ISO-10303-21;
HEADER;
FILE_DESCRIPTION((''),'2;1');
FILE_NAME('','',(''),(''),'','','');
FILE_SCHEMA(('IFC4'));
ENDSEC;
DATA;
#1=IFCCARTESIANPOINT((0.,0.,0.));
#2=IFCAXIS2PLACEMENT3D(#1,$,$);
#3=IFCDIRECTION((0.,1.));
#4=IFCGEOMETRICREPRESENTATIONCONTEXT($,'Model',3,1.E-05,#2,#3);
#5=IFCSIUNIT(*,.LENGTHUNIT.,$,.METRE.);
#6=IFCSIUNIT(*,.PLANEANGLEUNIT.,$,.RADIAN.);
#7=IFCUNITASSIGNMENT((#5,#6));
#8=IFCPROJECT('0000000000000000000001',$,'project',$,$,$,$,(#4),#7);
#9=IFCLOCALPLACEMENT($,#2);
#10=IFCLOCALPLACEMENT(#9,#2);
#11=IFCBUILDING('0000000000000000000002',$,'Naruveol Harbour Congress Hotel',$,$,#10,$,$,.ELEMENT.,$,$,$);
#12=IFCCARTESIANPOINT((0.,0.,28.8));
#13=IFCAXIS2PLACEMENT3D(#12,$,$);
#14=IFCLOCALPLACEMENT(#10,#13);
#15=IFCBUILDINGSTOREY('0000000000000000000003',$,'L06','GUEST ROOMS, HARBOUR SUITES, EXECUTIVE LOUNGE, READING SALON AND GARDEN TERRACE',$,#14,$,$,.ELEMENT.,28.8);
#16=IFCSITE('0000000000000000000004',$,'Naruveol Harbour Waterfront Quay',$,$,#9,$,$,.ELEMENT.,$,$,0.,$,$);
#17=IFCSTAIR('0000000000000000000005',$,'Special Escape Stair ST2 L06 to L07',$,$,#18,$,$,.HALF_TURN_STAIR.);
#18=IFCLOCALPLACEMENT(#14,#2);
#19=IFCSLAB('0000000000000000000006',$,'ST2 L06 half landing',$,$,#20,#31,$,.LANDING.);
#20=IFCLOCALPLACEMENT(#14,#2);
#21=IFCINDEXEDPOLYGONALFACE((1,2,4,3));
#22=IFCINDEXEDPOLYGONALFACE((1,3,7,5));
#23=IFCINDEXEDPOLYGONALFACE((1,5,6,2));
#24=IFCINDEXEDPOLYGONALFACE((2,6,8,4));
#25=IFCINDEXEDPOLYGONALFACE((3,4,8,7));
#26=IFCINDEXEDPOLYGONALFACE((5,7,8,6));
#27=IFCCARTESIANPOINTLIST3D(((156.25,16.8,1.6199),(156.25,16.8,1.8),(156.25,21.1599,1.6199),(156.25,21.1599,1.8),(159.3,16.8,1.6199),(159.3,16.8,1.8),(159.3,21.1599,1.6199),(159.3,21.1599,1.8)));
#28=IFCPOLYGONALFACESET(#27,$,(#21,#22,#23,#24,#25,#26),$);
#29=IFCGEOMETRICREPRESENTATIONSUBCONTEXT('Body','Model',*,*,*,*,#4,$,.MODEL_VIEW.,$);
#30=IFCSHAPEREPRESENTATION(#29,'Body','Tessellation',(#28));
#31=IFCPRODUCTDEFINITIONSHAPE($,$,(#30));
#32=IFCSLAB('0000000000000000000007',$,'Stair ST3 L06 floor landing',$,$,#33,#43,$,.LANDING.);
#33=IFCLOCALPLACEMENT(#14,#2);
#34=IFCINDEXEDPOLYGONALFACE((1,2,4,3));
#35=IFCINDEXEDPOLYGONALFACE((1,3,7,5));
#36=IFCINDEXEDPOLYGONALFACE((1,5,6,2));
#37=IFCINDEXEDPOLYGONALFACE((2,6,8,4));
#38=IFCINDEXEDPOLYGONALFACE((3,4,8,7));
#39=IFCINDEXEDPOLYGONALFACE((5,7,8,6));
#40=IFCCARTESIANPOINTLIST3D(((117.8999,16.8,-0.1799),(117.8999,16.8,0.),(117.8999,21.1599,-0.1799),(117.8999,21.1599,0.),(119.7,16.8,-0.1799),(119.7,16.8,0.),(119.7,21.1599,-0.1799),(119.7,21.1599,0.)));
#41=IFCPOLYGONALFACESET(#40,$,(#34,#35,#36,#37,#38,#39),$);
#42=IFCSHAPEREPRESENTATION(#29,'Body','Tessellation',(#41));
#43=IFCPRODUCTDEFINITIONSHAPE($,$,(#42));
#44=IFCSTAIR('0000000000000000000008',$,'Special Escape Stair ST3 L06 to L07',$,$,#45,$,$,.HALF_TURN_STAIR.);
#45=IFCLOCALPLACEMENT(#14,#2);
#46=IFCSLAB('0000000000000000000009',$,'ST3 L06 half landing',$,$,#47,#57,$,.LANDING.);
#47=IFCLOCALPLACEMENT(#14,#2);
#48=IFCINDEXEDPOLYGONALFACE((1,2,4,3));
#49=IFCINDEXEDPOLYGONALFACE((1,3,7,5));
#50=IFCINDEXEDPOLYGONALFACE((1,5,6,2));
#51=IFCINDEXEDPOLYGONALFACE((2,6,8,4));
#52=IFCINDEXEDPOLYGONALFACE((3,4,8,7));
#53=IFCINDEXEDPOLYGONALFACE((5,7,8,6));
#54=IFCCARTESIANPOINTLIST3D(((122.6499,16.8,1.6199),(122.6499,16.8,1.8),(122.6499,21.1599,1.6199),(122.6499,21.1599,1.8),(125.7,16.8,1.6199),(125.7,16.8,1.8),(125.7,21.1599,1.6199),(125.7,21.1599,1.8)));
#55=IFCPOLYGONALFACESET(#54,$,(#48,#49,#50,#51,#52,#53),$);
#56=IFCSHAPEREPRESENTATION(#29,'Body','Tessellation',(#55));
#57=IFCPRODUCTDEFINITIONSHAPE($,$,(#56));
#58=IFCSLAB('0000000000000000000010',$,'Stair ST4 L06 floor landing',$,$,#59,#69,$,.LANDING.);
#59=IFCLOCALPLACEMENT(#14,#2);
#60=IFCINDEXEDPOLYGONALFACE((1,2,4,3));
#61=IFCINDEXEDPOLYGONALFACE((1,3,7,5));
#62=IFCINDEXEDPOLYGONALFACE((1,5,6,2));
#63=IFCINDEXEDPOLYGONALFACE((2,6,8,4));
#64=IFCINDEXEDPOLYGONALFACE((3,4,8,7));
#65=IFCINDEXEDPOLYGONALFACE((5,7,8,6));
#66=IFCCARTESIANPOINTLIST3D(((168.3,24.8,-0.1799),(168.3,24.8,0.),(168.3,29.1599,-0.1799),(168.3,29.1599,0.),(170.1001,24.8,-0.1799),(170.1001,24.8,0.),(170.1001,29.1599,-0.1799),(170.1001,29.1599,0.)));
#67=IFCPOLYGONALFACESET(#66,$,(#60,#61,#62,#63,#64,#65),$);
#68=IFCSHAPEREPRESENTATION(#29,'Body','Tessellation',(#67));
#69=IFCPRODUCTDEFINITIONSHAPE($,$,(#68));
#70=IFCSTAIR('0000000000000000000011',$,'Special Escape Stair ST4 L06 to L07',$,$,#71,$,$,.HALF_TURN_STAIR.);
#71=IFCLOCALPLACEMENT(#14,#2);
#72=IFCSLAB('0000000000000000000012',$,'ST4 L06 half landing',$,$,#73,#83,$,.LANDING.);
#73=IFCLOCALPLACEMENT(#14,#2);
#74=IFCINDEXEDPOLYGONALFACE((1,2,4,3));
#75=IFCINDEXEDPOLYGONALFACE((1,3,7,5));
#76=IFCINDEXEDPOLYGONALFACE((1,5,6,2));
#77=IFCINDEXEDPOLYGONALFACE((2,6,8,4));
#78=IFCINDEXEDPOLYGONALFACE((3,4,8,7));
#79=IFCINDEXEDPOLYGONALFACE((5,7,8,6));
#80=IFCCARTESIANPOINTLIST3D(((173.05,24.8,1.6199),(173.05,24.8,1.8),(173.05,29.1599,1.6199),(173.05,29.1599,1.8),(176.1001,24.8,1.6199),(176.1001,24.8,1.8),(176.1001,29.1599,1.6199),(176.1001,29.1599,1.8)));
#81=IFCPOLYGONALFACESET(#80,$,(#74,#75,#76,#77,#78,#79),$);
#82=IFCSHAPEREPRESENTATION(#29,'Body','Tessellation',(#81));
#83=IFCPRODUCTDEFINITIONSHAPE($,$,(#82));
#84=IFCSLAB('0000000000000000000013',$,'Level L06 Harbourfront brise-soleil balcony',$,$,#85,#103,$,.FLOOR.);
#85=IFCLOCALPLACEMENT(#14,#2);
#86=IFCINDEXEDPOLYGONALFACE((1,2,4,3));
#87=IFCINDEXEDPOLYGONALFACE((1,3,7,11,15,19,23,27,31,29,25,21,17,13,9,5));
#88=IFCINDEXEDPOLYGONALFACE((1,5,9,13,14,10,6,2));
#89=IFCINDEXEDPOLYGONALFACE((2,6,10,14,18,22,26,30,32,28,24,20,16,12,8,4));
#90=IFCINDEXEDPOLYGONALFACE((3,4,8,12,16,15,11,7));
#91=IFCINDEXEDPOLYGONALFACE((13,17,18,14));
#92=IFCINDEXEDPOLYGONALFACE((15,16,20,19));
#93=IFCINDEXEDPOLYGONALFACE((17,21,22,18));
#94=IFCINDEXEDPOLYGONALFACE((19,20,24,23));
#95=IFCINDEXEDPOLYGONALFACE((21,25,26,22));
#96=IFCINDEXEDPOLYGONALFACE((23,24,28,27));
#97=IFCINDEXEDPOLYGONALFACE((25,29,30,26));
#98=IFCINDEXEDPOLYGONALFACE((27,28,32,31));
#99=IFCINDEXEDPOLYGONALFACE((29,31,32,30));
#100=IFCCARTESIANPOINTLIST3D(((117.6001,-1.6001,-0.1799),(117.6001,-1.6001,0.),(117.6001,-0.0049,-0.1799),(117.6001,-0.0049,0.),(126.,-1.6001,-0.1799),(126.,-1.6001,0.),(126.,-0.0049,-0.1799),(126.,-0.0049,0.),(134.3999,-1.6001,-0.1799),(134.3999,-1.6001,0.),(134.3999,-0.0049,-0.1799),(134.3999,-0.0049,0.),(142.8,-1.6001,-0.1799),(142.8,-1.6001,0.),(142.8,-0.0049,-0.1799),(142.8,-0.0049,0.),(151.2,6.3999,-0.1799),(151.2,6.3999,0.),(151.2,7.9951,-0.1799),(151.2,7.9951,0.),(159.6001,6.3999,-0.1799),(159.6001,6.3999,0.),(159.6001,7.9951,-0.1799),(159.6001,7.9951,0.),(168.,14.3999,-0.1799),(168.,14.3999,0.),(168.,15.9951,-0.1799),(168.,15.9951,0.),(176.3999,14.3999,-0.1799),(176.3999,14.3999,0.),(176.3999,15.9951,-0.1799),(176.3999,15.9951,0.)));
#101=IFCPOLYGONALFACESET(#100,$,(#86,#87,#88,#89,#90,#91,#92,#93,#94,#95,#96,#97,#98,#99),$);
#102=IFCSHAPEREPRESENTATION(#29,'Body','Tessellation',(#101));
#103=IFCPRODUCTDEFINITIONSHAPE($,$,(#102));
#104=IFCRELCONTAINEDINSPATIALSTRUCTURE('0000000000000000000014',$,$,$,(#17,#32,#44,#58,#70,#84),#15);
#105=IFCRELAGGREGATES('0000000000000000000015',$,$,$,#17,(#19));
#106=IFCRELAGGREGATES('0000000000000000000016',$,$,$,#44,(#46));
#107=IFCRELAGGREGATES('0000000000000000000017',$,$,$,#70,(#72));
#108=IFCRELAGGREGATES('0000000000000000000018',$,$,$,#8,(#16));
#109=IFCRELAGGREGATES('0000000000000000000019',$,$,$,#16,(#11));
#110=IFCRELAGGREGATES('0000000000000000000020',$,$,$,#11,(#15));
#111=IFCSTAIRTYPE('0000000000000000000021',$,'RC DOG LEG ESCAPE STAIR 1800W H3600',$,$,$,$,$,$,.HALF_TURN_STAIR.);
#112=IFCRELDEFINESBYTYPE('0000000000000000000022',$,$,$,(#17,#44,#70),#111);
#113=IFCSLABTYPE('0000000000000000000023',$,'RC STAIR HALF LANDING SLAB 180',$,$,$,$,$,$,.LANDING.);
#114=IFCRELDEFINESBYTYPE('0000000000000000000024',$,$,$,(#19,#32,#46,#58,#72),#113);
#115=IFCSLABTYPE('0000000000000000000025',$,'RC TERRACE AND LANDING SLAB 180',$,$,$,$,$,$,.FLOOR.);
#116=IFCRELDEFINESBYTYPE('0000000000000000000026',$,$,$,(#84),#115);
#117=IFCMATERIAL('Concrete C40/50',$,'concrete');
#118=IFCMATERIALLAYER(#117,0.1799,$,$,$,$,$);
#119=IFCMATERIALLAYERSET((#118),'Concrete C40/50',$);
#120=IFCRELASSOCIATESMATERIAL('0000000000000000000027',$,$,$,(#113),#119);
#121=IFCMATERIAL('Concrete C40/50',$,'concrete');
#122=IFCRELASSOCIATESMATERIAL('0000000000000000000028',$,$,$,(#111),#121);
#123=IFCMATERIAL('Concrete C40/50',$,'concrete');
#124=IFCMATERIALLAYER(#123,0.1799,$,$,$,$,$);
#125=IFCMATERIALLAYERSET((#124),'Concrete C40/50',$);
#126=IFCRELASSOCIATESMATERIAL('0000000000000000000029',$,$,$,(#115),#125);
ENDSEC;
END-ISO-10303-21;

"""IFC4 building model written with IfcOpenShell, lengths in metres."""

from ifc_helpers import new_model, si_unit, direction, frame, origin, place, context, subcontext, project, spatial, polyline, outline, extrude, material, layer, layer_set, type_object, element, aggregate, save


model = new_model("IFC4")

# Units and contexts
model_context = context("Model", 3, precision=1e-05, world=origin(), true_north=direction((0.0, 1.0)))
body_context = subcontext(model_context, "Body", "Model", "MODEL_VIEW")
ifc_project = project(units=[si_unit("LENGTHUNIT", "METRE"), si_unit("PLANEANGLEUNIT", "RADIAN")], contexts=[model_context])

# Site, building, storey
site_placement = place(None, origin())
site = spatial("IfcSite", under=ifc_project, at=site_placement, Name="Naruveol Harbour Waterfront Quay", CompositionType="ELEMENT", RefElevation=0.0)
building_placement = place(site_placement, origin())
building = spatial("IfcBuilding", under=site, at=building_placement, Name="Naruveol Harbour Congress Hotel", CompositionType="ELEMENT")
storey_placement = place(building_placement, frame((0.0, 0.0, 28.8)))
storey = spatial("IfcBuildingStorey", under=building, at=storey_placement, Name="L06", Description="GUEST ROOMS, HARBOUR SUITES, EXECUTIVE LOUNGE, READING SALON AND GARDEN TERRACE", CompositionType="ELEMENT", Elevation=28.8)

# Shared definitions
ifc_material_1 = material(Name="Concrete C40/50", Category="concrete")
ifc_layer_1 = layer(ifc_material_1, 0.1799)
ifc_layer_set_1 = layer_set([ifc_layer_1], Name="Concrete C40/50")
slab_type_1 = type_object("IfcSlabType", Name="RC STAIR HALF LANDING SLAB 180", PredefinedType="LANDING", material=ifc_layer_set_1)

# Shared definitions
ifc_material_2 = material(Name="Concrete C40/50", Category="concrete")
stair_type = type_object("IfcStairType", Name="RC DOG LEG ESCAPE STAIR 1800W H3600", PredefinedType="HALF_TURN_STAIR", material=ifc_material_2)

# Stair, slab
stair_1_placement = place(storey_placement, origin())
stair_1 = element("IfcStair", 1, at=stair_1_placement, inside=storey, type_object=stair_type, Name="Special Escape Stair ST2 L06 to L07", PredefinedType="HALF_TURN_STAIR")
slab_1_placement = place(storey_placement, frame((0.0, 0.0, 1.6199)))
slab_1 = element("IfcSlab", 2, at=slab_1_placement, type_object=slab_type_1, Name="ST2 L06 half landing", PredefinedType="LANDING", context=body_context, shape_type="SweptSolid", body=[
    extrude(outline(polyline([(156.25, 16.8), (159.3, 16.8), (159.3, 21.1599), (156.25, 21.1599), (156.25, 16.8)])), origin(), (0.0, 0.0, 1.0), 0.1802),
])
aggregate(stair_1, [slab_1])

# Slab
slab_2_placement = place(storey_placement, frame((0.0, 0.0, -0.1799)))
element("IfcSlab", 3, at=slab_2_placement, inside=storey, type_object=slab_type_1, Name="Stair ST3 L06 floor landing", PredefinedType="LANDING", context=body_context, shape_type="SweptSolid", body=[
    extrude(outline(polyline([(117.8999, 16.8), (119.7, 16.8), (119.7, 21.1599), (117.8999, 21.1599), (117.8999, 16.8)])), origin(), (0.0, 0.0, 1.0), 0.1799),
])

# Stair, slab
stair_2_placement = place(storey_placement, origin())
stair_2 = element("IfcStair", 4, at=stair_2_placement, inside=storey, type_object=stair_type, Name="Special Escape Stair ST3 L06 to L07", PredefinedType="HALF_TURN_STAIR")
slab_3_placement = place(storey_placement, frame((0.0, 0.0, 1.6199)))
slab_3 = element("IfcSlab", 5, at=slab_3_placement, type_object=slab_type_1, Name="ST3 L06 half landing", PredefinedType="LANDING", context=body_context, shape_type="SweptSolid", body=[
    extrude(outline(polyline([(122.6499, 16.8), (125.7, 16.8), (125.7, 21.1599), (122.6499, 21.1599), (122.6499, 16.8)])), origin(), (0.0, 0.0, 1.0), 0.1802),
])
aggregate(stair_2, [slab_3])

# Slab
slab_4_placement = place(storey_placement, frame((0.0, 0.0, -0.1799)))
element("IfcSlab", 6, at=slab_4_placement, inside=storey, type_object=slab_type_1, Name="Stair ST4 L06 floor landing", PredefinedType="LANDING", context=body_context, shape_type="SweptSolid", body=[
    extrude(outline(polyline([(168.3, 24.8), (170.1001, 24.8), (170.1001, 29.1599), (168.3, 29.1599), (168.3, 24.8)])), origin(), (0.0, 0.0, 1.0), 0.1799),
])

# Stair, slab
stair_3_placement = place(storey_placement, origin())
stair_3 = element("IfcStair", 7, at=stair_3_placement, inside=storey, type_object=stair_type, Name="Special Escape Stair ST4 L06 to L07", PredefinedType="HALF_TURN_STAIR")
slab_5_placement = place(storey_placement, frame((0.0, 0.0, 1.6199)))
slab_5 = element("IfcSlab", 8, at=slab_5_placement, type_object=slab_type_1, Name="ST4 L06 half landing", PredefinedType="LANDING", context=body_context, shape_type="SweptSolid", body=[
    extrude(outline(polyline([(173.05, 24.8), (176.1001, 24.8), (176.1001, 29.1599), (173.05, 29.1599), (173.05, 24.8)])), origin(), (0.0, 0.0, 1.0), 0.1802),
])
aggregate(stair_3, [slab_5])

# Slab
ifc_material_3 = material(Name="Concrete C40/50", Category="concrete")
ifc_layer_2 = layer(ifc_material_3, 0.1799)
ifc_layer_set_2 = layer_set([ifc_layer_2], Name="Concrete C40/50")
slab_type_2 = type_object("IfcSlabType", Name="RC TERRACE AND LANDING SLAB 180", PredefinedType="FLOOR", material=ifc_layer_set_2)
slab_6_placement = place(storey_placement, frame((0.0, 0.0, -0.1799)))
element("IfcSlab", 9, at=slab_6_placement, inside=storey, type_object=slab_type_2, Name="Level L06 Harbourfront brise-soleil balcony", PredefinedType="FLOOR", context=body_context, shape_type="SweptSolid", body=[
    extrude(outline(polyline([(117.6001, -1.6001), (126.0, -1.6001), (134.3999, -1.6001), (142.8, -1.6001), (151.2, 6.3999), (159.6001, 6.3999), (168.0, 14.3999), (176.3999, 14.3999), (176.3999, 15.9951), (168.0, 15.9951), (159.6001, 7.9951), (151.2, 7.9951), (142.8, -0.0049), (134.3999, -0.0049), (126.0, -0.0049), (117.6001, -0.0049), (117.6001, -1.6001)])), origin(), (0.0, 0.0, 1.0), 0.1799),
])

save(model, "model.ifc")
